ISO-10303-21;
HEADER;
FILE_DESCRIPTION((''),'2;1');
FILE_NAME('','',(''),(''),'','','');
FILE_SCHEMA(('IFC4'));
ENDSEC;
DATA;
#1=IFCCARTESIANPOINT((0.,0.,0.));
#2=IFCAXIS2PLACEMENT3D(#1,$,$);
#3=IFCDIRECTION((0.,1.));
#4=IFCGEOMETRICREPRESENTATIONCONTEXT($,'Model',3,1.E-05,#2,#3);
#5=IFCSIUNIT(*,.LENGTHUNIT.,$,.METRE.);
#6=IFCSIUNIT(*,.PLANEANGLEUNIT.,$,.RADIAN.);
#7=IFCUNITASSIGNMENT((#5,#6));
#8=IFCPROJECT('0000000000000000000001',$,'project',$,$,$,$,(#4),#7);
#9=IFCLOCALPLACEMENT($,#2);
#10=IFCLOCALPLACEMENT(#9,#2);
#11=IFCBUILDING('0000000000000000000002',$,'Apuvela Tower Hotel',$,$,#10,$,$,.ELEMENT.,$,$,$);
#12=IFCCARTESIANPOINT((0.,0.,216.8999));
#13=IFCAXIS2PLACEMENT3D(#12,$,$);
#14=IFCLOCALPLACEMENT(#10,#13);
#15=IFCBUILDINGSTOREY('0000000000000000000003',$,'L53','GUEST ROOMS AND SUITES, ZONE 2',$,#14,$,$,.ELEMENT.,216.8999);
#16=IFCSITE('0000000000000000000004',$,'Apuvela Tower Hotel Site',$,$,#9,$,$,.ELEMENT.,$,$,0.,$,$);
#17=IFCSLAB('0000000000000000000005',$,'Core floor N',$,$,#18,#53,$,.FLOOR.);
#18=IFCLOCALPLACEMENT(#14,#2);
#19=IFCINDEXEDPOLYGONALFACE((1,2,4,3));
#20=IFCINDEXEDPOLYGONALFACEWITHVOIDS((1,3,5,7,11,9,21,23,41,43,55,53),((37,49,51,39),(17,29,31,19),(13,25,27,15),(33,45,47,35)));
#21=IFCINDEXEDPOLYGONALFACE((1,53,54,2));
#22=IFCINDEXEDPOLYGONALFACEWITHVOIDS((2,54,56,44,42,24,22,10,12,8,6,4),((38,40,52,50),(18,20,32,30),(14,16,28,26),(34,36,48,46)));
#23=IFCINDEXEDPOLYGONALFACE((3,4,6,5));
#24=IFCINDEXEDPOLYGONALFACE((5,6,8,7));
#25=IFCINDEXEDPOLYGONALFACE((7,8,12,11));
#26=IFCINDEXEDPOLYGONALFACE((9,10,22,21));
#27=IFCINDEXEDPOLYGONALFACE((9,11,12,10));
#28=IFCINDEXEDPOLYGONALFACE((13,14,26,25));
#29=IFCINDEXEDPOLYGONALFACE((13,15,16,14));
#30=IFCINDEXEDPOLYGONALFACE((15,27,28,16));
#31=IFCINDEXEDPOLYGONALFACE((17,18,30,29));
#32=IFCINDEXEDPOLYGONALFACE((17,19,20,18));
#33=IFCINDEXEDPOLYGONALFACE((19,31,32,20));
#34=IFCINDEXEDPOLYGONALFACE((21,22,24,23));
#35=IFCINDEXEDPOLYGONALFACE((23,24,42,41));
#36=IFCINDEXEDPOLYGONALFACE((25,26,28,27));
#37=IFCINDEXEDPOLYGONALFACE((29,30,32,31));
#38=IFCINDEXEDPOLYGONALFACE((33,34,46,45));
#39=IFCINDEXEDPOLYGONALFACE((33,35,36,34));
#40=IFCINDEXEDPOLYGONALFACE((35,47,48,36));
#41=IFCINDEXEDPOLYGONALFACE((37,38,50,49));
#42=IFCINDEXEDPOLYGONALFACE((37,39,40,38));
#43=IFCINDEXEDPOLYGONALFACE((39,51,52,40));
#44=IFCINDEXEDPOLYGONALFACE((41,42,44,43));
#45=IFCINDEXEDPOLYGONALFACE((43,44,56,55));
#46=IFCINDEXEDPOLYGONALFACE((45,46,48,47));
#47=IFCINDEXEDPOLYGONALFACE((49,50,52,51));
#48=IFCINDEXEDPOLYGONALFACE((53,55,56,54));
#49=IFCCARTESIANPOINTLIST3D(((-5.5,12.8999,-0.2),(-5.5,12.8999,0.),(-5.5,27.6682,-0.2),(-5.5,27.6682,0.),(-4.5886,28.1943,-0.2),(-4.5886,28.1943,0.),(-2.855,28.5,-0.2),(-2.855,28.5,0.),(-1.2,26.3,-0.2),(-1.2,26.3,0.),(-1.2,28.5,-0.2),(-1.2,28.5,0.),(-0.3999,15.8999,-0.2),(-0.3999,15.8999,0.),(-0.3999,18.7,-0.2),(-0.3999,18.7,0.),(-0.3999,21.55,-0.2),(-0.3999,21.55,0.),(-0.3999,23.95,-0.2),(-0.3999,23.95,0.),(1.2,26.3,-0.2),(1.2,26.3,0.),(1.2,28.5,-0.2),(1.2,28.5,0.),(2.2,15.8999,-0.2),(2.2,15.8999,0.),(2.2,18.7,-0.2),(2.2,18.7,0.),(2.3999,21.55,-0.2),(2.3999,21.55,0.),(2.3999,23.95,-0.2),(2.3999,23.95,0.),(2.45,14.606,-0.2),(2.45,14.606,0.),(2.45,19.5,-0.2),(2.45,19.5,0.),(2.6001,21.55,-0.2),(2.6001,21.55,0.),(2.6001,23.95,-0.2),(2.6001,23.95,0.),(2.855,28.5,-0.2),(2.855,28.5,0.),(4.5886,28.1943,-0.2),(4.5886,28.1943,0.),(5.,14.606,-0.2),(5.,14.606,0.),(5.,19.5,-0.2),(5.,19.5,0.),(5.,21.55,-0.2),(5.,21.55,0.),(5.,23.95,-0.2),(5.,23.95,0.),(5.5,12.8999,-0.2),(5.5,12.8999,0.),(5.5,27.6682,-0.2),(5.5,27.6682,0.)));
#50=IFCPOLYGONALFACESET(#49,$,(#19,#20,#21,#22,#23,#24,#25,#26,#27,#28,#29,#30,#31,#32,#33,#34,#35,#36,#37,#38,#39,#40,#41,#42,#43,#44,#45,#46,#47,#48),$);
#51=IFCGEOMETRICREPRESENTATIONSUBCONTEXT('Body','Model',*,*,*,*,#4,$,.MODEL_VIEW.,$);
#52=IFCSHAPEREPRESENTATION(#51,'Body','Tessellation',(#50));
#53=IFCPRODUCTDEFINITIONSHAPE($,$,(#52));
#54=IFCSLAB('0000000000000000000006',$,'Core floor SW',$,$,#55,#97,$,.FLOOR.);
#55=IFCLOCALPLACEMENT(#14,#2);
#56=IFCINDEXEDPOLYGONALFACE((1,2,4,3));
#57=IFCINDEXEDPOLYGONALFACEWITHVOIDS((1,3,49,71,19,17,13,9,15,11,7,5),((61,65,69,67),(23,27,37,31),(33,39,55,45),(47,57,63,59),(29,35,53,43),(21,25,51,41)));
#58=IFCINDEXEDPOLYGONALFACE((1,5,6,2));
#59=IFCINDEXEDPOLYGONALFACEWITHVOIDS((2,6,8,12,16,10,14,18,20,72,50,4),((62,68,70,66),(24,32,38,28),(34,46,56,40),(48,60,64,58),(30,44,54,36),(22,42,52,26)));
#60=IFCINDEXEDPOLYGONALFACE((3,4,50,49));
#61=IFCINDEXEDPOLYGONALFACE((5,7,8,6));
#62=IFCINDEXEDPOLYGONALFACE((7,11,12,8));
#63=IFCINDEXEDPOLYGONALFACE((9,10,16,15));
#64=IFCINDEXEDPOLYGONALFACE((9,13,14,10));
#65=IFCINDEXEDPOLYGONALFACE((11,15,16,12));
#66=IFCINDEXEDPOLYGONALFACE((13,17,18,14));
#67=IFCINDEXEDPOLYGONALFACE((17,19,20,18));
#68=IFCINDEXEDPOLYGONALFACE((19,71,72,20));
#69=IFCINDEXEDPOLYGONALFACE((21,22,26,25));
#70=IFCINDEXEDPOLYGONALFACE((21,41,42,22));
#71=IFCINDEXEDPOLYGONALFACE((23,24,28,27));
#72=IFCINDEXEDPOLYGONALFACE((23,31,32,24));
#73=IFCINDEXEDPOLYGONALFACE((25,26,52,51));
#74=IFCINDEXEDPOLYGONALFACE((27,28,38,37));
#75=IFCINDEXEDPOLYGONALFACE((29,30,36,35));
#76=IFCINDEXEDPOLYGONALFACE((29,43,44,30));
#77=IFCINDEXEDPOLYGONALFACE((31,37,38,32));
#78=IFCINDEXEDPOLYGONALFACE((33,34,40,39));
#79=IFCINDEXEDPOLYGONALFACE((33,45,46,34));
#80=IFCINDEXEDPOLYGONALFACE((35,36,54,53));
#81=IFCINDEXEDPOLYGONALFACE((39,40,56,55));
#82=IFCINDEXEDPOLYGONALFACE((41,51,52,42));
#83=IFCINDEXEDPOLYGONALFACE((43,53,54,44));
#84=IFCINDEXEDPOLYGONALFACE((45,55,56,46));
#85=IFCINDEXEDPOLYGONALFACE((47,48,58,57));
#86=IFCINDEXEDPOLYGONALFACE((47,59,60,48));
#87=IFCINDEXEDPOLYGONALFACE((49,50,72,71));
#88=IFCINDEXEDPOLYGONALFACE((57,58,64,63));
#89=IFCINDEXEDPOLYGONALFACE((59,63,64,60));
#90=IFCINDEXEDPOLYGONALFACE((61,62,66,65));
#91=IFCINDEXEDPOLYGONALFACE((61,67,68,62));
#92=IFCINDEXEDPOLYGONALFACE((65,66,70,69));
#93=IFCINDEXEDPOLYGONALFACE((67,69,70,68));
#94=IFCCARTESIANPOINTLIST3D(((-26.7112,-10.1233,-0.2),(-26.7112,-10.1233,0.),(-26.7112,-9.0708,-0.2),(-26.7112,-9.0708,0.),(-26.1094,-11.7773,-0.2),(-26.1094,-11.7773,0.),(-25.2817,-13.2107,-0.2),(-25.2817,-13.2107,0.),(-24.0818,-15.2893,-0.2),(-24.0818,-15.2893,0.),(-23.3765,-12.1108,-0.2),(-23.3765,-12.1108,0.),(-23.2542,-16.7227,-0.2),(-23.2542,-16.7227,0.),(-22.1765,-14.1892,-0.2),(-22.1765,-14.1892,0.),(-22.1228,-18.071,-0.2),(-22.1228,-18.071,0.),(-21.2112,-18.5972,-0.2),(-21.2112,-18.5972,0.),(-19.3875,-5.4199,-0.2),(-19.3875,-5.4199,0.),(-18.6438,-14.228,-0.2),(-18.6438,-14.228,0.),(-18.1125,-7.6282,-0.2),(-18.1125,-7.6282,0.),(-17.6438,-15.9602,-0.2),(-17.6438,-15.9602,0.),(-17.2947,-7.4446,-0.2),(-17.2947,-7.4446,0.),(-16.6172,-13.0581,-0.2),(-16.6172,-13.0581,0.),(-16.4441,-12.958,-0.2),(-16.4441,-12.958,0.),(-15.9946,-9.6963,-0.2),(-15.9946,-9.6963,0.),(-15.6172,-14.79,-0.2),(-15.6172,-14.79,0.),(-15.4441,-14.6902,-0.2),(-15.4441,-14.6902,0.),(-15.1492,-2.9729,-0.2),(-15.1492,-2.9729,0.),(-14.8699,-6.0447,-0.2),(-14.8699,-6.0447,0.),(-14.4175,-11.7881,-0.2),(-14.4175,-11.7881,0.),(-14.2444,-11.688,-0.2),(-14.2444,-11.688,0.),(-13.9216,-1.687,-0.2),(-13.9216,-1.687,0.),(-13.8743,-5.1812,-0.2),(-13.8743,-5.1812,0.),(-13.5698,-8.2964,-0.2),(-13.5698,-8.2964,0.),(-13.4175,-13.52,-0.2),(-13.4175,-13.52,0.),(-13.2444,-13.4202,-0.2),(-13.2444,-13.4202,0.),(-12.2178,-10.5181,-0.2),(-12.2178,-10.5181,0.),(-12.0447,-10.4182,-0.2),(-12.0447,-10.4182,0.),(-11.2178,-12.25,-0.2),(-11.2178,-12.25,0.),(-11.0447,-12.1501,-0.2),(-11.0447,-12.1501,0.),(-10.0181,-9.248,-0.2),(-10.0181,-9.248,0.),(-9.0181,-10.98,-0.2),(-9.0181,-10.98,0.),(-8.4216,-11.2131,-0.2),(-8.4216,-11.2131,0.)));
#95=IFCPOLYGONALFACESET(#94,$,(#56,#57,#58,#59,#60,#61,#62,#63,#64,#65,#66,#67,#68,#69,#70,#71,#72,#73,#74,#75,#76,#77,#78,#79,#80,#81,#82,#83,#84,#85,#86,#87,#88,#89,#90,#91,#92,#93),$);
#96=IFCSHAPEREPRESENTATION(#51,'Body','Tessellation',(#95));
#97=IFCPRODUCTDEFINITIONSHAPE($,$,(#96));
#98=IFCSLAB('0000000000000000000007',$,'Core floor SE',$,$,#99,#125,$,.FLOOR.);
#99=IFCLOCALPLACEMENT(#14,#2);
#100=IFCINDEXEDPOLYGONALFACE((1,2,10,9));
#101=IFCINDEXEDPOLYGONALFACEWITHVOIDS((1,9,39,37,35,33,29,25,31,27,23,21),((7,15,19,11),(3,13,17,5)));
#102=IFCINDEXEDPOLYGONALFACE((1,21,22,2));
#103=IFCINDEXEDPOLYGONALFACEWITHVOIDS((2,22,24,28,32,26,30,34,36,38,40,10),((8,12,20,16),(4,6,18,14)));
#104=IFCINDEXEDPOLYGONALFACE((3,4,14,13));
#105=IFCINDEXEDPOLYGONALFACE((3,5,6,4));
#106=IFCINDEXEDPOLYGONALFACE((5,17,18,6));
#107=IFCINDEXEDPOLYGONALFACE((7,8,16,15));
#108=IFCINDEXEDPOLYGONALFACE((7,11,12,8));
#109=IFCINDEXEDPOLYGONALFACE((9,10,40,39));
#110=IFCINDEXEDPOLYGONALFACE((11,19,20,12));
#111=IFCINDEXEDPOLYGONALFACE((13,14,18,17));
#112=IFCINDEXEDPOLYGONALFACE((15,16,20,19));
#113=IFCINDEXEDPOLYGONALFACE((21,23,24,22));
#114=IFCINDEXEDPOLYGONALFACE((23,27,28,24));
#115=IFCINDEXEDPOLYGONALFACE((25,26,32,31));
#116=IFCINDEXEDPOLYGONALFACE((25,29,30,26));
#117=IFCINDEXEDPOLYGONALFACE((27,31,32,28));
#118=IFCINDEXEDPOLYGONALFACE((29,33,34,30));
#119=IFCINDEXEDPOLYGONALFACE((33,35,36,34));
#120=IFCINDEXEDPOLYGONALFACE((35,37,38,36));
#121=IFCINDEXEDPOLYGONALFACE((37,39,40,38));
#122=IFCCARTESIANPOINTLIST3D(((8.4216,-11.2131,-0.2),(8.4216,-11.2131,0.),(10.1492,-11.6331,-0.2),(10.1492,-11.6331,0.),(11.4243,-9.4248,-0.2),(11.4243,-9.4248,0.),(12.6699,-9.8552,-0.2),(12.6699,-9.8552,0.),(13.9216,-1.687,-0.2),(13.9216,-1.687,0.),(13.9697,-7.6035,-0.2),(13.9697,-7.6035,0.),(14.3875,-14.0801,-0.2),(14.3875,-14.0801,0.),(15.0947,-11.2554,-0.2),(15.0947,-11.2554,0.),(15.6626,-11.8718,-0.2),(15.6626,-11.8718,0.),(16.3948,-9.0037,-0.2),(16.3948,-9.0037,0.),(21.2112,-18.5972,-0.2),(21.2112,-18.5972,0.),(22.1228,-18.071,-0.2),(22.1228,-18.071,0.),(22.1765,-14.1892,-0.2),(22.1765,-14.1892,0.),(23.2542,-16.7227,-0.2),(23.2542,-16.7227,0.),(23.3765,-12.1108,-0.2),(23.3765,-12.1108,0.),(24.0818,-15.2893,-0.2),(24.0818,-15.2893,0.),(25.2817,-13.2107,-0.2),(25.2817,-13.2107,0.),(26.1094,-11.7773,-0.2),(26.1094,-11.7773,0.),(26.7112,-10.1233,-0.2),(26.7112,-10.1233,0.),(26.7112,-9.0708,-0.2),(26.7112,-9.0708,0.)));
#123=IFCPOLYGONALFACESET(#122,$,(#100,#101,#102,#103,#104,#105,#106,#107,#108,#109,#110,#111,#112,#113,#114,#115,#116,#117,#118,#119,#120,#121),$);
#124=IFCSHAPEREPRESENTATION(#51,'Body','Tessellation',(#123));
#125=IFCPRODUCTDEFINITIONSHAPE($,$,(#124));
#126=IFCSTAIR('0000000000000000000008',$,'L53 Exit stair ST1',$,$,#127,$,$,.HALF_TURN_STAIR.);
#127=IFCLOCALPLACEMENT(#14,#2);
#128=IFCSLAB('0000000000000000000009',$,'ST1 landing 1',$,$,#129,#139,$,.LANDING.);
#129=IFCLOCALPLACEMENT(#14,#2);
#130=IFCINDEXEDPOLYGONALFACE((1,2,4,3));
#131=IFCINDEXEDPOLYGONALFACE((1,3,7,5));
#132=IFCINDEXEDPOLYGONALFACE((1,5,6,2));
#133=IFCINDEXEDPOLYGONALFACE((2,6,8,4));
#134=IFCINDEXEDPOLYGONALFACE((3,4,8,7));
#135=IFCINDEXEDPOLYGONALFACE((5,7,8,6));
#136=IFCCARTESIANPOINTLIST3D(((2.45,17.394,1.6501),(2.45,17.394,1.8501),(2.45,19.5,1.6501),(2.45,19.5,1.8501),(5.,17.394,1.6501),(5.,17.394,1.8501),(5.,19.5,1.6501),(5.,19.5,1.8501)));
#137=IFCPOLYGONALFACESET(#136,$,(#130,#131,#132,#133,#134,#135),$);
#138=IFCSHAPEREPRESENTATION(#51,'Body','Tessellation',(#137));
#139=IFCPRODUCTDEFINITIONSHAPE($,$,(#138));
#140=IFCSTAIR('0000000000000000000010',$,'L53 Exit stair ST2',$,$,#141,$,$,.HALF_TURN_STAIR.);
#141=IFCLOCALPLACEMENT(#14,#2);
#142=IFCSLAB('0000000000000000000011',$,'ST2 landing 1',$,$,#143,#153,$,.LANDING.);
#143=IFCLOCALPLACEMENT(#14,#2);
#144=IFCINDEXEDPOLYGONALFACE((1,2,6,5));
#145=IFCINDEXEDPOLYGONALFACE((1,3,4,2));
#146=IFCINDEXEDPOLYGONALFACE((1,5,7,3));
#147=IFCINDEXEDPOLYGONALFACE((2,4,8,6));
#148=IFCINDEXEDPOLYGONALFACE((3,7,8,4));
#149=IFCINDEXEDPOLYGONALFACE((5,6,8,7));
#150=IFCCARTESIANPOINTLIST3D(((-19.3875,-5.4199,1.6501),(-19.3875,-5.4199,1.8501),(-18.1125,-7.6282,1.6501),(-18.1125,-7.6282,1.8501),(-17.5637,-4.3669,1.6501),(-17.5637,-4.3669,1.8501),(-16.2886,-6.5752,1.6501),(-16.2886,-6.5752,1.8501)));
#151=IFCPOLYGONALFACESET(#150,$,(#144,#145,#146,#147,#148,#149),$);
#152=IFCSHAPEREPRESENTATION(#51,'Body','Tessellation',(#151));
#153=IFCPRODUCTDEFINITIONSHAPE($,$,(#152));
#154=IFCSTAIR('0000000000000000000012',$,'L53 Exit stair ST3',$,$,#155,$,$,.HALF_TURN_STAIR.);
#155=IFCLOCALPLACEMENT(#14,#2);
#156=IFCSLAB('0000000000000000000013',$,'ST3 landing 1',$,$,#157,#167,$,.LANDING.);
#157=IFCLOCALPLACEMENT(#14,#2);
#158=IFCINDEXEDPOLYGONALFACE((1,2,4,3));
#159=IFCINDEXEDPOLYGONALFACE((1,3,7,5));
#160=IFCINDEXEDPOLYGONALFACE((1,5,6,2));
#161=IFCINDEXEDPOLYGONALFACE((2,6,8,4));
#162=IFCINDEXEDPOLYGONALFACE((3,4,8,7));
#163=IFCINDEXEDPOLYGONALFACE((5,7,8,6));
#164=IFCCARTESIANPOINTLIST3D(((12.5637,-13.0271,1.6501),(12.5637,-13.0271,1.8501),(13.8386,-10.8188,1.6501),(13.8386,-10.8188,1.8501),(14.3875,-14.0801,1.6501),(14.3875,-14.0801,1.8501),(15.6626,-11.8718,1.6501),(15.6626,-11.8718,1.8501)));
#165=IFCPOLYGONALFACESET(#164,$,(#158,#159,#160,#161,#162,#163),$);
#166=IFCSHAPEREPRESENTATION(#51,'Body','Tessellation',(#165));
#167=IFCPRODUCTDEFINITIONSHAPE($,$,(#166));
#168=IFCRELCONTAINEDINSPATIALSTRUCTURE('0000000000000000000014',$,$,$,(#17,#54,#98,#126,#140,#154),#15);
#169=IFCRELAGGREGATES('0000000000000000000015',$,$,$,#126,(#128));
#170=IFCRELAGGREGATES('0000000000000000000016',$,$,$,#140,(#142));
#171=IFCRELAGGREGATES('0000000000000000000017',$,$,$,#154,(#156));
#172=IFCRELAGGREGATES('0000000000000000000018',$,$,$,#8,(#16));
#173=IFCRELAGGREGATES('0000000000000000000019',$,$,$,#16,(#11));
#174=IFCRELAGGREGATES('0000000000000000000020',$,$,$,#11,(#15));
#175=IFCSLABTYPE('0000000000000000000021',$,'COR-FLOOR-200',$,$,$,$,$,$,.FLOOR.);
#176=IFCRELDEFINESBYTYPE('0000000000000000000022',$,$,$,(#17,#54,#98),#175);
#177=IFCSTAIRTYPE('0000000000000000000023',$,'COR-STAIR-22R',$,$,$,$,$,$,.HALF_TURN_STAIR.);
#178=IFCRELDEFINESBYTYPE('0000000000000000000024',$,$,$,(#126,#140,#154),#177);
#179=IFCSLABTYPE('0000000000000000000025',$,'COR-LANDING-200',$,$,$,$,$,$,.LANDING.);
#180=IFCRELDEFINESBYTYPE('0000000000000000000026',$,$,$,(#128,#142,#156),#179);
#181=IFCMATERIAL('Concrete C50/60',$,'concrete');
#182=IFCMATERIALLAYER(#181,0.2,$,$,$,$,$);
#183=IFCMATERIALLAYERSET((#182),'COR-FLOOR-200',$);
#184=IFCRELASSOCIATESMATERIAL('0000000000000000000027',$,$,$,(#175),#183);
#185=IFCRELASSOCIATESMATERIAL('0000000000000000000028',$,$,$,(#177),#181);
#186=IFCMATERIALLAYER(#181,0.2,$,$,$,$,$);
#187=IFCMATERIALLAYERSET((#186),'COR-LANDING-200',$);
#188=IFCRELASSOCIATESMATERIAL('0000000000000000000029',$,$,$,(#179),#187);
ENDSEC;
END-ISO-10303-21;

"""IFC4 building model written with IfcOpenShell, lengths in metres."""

from ifc_helpers import new_model, si_unit, direction, frame, origin, place, context, subcontext, project, spatial, polyline, outline, extrude, material, layer, layer_set, type_object, element, aggregate, save


model = new_model("IFC4")

# Units and contexts
model_context = context("Model", 3, precision=1e-05, world=origin(), true_north=direction((0.0, 1.0)))
body_context = subcontext(model_context, "Body", "Model", "MODEL_VIEW")
ifc_project = project(units=[si_unit("LENGTHUNIT", "METRE"), si_unit("PLANEANGLEUNIT", "RADIAN")], contexts=[model_context])

# Site, building, storey
site_placement = place(None, origin())
site = spatial("IfcSite", under=ifc_project, at=site_placement, Name="Apuvela Tower Hotel Site", CompositionType="ELEMENT", RefElevation=0.0)
building_placement = place(site_placement, origin())
building = spatial("IfcBuilding", under=site, at=building_placement, Name="Apuvela Tower Hotel", CompositionType="ELEMENT")
storey_placement = place(building_placement, frame((0.0, 0.0, 216.8999)))
storey = spatial("IfcBuildingStorey", under=building, at=storey_placement, Name="L53", Description="GUEST ROOMS AND SUITES, ZONE 2", CompositionType="ELEMENT", Elevation=216.8999)

# Slabs
ifc_material_1 = material(Name="Concrete C50/60", Category="concrete")
ifc_layer_1 = layer(ifc_material_1, 0.2)
ifc_layer_set_1 = layer_set([ifc_layer_1], Name="COR-FLOOR-200")
slab_type_1 = type_object("IfcSlabType", Name="COR-FLOOR-200", PredefinedType="FLOOR", material=ifc_layer_set_1)
slab_1_placement = place(storey_placement, frame((0.0, 0.0, -0.2)))
element("IfcSlab", 1, at=slab_1_placement, inside=storey, type_object=slab_type_1, Name="Core floor N", PredefinedType="FLOOR", context=body_context, shape_type="SweptSolid", body=[
    extrude(outline(polyline([(5.5, 27.6682), (4.5886, 28.1943), (2.855, 28.5), (1.2, 28.5), (1.2, 26.3), (-1.2, 26.3), (-1.2, 28.5), (-2.855, 28.5), (-4.5886, 28.1943), (-5.5, 27.6682), (-5.5, 12.8999), (5.5, 12.8999), (5.5, 27.6682)]), holes=[polyline([(5.0, 14.606), (2.45, 14.606), (2.45, 19.5), (5.0, 19.5), (5.0, 14.606)]), polyline([(2.2, 15.8999), (-0.3999, 15.8999), (-0.3999, 18.7), (2.2, 18.7), (2.2, 15.8999)]), polyline([(5.0, 21.55), (2.6001, 21.55), (2.6001, 23.95), (5.0, 23.95), (5.0, 21.55)]), polyline([(2.3999, 21.55), (-0.3999, 21.55), (-0.3999, 23.95), (2.3999, 23.95), (2.3999, 21.55)])]), origin(), (0.0, 0.0, 1.0), 0.2),
])
slab_2_placement = place(storey_placement, frame((0.0, 0.0, -0.2)))
element("IfcSlab", 2, at=slab_2_placement, inside=storey, type_object=slab_type_1, Name="Core floor SW", PredefinedType="FLOOR", context=body_context, shape_type="SweptSolid", body=[
    extrude(outline(polyline([(-26.7112, -9.0708), (-26.7112, -10.1233), (-26.1094, -11.7773), (-25.2817, -13.2107), (-23.3765, -12.1108), (-22.1765, -14.1892), (-24.0818, -15.2893), (-23.2542, -16.7227), (-22.1228, -18.071), (-21.2112, -18.5972), (-8.4216, -11.2131), (-13.9216, -1.687), (-26.7112, -9.0708)]), holes=[polyline([(-10.0181, -9.248), (-9.0181, -10.98), (-11.0447, -12.1501), (-12.0447, -10.4182), (-10.0181, -9.248)]), polyline([(-14.2444, -11.688), (-12.2178, -10.5181), (-11.2178, -12.25), (-13.2444, -13.4202), (-14.2444, -11.688)]), polyline([(-19.3875, -5.4199), (-15.1492, -2.9729), (-13.8743, -5.1812), (-18.1125, -7.6282), (-19.3875, -5.4199)]), polyline([(-14.8699, -6.0447), (-13.5698, -8.2964), (-15.9946, -9.6963), (-17.2947, -7.4446), (-14.8699, -6.0447)]), polyline([(-16.4441, -12.958), (-14.4175, -11.7881), (-13.4175, -13.52), (-15.4441, -14.6902), (-16.4441, -12.958)]), polyline([(-18.6438, -14.228), (-16.6172, -13.0581), (-15.6172, -14.79), (-17.6438, -15.9602), (-18.6438, -14.228)])]), origin(), (0.0, 0.0, 1.0), 0.2),
])
slab_3_placement = place(storey_placement, frame((0.0, 0.0, -0.2)))
element("IfcSlab", 3, at=slab_3_placement, inside=storey, type_object=slab_type_1, Name="Core floor SE", PredefinedType="FLOOR", context=body_context, shape_type="SweptSolid", body=[
    extrude(outline(polyline([(21.2112, -18.5972), (22.1228, -18.071), (23.2542, -16.7227), (24.0818, -15.2893), (22.1765, -14.1892), (23.3765, -12.1108), (25.2817, -13.2107), (26.1094, -11.7773), (26.7112, -10.1233), (26.7112, -9.0708), (13.9216, -1.687), (8.4216, -11.2131), (21.2112, -18.5972)]), holes=[polyline([(11.4243, -9.4248), (15.6626, -11.8718), (14.3875, -14.0801), (10.1492, -11.6331), (11.4243, -9.4248)]), polyline([(13.9697, -7.6035), (16.3948, -9.0037), (15.0947, -11.2554), (12.6699, -9.8552), (13.9697, -7.6035)])]), origin(), (0.0, 0.0, 1.0), 0.2),
])

# Stairs, slabs
stair_type = type_object("IfcStairType", Name="COR-STAIR-22R", PredefinedType="HALF_TURN_STAIR", material=ifc_material_1)
stair_1_placement = place(storey_placement, origin())
stair_1 = element("IfcStair", 4, at=stair_1_placement, inside=storey, type_object=stair_type, Name="L53 Exit stair ST1", PredefinedType="HALF_TURN_STAIR")
ifc_layer_2 = layer(ifc_material_1, 0.2)
ifc_layer_set_2 = layer_set([ifc_layer_2], Name="COR-LANDING-200")
slab_type_2 = type_object("IfcSlabType", Name="COR-LANDING-200", PredefinedType="LANDING", material=ifc_layer_set_2)
slab_4_placement = place(storey_placement, frame((0.0, 0.0, 1.6501)))
slab_4 = element("IfcSlab", 5, at=slab_4_placement, type_object=slab_type_2, Name="ST1 landing 1", PredefinedType="LANDING", context=body_context, shape_type="SweptSolid", body=[
    extrude(outline(polyline([(5.0, 17.394), (5.0, 19.5), (2.45, 19.5), (2.45, 17.394), (5.0, 17.394)])), origin(), (0.0, 0.0, 1.0), 0.2),
])
aggregate(stair_1, [slab_4])
stair_2_placement = place(storey_placement, origin())
stair_2 = element("IfcStair", 6, at=stair_2_placement, inside=storey, type_object=stair_type, Name="L53 Exit stair ST2", PredefinedType="HALF_TURN_STAIR")
slab_5_placement = place(storey_placement, frame((0.0, 0.0, 1.6501)))
slab_5 = element("IfcSlab", 7, at=slab_5_placement, type_object=slab_type_2, Name="ST2 landing 1", PredefinedType="LANDING", context=body_context, shape_type="SweptSolid", body=[
    extrude(outline(polyline([(-17.5637, -4.3669), (-19.3875, -5.4199), (-18.1125, -7.6282), (-16.2886, -6.5752), (-17.5637, -4.3669)])), origin(), (0.0, 0.0, 1.0), 0.2),
])
aggregate(stair_2, [slab_5])
stair_3_placement = place(storey_placement, origin())
stair_3 = element("IfcStair", 8, at=stair_3_placement, inside=storey, type_object=stair_type, Name="L53 Exit stair ST3", PredefinedType="HALF_TURN_STAIR")
slab_6_placement = place(storey_placement, frame((0.0, 0.0, 1.6501)))
slab_6 = element("IfcSlab", 9, at=slab_6_placement, type_object=slab_type_2, Name="ST3 landing 1", PredefinedType="LANDING", context=body_context, shape_type="SweptSolid", body=[
    extrude(outline(polyline([(12.5637, -13.0271), (14.3875, -14.0801), (15.6626, -11.8718), (13.8386, -10.8188), (12.5637, -13.0271)])), origin(), (0.0, 0.0, 1.0), 0.2),
])
aggregate(stair_3, [slab_6])

save(model, "model.ifc")
